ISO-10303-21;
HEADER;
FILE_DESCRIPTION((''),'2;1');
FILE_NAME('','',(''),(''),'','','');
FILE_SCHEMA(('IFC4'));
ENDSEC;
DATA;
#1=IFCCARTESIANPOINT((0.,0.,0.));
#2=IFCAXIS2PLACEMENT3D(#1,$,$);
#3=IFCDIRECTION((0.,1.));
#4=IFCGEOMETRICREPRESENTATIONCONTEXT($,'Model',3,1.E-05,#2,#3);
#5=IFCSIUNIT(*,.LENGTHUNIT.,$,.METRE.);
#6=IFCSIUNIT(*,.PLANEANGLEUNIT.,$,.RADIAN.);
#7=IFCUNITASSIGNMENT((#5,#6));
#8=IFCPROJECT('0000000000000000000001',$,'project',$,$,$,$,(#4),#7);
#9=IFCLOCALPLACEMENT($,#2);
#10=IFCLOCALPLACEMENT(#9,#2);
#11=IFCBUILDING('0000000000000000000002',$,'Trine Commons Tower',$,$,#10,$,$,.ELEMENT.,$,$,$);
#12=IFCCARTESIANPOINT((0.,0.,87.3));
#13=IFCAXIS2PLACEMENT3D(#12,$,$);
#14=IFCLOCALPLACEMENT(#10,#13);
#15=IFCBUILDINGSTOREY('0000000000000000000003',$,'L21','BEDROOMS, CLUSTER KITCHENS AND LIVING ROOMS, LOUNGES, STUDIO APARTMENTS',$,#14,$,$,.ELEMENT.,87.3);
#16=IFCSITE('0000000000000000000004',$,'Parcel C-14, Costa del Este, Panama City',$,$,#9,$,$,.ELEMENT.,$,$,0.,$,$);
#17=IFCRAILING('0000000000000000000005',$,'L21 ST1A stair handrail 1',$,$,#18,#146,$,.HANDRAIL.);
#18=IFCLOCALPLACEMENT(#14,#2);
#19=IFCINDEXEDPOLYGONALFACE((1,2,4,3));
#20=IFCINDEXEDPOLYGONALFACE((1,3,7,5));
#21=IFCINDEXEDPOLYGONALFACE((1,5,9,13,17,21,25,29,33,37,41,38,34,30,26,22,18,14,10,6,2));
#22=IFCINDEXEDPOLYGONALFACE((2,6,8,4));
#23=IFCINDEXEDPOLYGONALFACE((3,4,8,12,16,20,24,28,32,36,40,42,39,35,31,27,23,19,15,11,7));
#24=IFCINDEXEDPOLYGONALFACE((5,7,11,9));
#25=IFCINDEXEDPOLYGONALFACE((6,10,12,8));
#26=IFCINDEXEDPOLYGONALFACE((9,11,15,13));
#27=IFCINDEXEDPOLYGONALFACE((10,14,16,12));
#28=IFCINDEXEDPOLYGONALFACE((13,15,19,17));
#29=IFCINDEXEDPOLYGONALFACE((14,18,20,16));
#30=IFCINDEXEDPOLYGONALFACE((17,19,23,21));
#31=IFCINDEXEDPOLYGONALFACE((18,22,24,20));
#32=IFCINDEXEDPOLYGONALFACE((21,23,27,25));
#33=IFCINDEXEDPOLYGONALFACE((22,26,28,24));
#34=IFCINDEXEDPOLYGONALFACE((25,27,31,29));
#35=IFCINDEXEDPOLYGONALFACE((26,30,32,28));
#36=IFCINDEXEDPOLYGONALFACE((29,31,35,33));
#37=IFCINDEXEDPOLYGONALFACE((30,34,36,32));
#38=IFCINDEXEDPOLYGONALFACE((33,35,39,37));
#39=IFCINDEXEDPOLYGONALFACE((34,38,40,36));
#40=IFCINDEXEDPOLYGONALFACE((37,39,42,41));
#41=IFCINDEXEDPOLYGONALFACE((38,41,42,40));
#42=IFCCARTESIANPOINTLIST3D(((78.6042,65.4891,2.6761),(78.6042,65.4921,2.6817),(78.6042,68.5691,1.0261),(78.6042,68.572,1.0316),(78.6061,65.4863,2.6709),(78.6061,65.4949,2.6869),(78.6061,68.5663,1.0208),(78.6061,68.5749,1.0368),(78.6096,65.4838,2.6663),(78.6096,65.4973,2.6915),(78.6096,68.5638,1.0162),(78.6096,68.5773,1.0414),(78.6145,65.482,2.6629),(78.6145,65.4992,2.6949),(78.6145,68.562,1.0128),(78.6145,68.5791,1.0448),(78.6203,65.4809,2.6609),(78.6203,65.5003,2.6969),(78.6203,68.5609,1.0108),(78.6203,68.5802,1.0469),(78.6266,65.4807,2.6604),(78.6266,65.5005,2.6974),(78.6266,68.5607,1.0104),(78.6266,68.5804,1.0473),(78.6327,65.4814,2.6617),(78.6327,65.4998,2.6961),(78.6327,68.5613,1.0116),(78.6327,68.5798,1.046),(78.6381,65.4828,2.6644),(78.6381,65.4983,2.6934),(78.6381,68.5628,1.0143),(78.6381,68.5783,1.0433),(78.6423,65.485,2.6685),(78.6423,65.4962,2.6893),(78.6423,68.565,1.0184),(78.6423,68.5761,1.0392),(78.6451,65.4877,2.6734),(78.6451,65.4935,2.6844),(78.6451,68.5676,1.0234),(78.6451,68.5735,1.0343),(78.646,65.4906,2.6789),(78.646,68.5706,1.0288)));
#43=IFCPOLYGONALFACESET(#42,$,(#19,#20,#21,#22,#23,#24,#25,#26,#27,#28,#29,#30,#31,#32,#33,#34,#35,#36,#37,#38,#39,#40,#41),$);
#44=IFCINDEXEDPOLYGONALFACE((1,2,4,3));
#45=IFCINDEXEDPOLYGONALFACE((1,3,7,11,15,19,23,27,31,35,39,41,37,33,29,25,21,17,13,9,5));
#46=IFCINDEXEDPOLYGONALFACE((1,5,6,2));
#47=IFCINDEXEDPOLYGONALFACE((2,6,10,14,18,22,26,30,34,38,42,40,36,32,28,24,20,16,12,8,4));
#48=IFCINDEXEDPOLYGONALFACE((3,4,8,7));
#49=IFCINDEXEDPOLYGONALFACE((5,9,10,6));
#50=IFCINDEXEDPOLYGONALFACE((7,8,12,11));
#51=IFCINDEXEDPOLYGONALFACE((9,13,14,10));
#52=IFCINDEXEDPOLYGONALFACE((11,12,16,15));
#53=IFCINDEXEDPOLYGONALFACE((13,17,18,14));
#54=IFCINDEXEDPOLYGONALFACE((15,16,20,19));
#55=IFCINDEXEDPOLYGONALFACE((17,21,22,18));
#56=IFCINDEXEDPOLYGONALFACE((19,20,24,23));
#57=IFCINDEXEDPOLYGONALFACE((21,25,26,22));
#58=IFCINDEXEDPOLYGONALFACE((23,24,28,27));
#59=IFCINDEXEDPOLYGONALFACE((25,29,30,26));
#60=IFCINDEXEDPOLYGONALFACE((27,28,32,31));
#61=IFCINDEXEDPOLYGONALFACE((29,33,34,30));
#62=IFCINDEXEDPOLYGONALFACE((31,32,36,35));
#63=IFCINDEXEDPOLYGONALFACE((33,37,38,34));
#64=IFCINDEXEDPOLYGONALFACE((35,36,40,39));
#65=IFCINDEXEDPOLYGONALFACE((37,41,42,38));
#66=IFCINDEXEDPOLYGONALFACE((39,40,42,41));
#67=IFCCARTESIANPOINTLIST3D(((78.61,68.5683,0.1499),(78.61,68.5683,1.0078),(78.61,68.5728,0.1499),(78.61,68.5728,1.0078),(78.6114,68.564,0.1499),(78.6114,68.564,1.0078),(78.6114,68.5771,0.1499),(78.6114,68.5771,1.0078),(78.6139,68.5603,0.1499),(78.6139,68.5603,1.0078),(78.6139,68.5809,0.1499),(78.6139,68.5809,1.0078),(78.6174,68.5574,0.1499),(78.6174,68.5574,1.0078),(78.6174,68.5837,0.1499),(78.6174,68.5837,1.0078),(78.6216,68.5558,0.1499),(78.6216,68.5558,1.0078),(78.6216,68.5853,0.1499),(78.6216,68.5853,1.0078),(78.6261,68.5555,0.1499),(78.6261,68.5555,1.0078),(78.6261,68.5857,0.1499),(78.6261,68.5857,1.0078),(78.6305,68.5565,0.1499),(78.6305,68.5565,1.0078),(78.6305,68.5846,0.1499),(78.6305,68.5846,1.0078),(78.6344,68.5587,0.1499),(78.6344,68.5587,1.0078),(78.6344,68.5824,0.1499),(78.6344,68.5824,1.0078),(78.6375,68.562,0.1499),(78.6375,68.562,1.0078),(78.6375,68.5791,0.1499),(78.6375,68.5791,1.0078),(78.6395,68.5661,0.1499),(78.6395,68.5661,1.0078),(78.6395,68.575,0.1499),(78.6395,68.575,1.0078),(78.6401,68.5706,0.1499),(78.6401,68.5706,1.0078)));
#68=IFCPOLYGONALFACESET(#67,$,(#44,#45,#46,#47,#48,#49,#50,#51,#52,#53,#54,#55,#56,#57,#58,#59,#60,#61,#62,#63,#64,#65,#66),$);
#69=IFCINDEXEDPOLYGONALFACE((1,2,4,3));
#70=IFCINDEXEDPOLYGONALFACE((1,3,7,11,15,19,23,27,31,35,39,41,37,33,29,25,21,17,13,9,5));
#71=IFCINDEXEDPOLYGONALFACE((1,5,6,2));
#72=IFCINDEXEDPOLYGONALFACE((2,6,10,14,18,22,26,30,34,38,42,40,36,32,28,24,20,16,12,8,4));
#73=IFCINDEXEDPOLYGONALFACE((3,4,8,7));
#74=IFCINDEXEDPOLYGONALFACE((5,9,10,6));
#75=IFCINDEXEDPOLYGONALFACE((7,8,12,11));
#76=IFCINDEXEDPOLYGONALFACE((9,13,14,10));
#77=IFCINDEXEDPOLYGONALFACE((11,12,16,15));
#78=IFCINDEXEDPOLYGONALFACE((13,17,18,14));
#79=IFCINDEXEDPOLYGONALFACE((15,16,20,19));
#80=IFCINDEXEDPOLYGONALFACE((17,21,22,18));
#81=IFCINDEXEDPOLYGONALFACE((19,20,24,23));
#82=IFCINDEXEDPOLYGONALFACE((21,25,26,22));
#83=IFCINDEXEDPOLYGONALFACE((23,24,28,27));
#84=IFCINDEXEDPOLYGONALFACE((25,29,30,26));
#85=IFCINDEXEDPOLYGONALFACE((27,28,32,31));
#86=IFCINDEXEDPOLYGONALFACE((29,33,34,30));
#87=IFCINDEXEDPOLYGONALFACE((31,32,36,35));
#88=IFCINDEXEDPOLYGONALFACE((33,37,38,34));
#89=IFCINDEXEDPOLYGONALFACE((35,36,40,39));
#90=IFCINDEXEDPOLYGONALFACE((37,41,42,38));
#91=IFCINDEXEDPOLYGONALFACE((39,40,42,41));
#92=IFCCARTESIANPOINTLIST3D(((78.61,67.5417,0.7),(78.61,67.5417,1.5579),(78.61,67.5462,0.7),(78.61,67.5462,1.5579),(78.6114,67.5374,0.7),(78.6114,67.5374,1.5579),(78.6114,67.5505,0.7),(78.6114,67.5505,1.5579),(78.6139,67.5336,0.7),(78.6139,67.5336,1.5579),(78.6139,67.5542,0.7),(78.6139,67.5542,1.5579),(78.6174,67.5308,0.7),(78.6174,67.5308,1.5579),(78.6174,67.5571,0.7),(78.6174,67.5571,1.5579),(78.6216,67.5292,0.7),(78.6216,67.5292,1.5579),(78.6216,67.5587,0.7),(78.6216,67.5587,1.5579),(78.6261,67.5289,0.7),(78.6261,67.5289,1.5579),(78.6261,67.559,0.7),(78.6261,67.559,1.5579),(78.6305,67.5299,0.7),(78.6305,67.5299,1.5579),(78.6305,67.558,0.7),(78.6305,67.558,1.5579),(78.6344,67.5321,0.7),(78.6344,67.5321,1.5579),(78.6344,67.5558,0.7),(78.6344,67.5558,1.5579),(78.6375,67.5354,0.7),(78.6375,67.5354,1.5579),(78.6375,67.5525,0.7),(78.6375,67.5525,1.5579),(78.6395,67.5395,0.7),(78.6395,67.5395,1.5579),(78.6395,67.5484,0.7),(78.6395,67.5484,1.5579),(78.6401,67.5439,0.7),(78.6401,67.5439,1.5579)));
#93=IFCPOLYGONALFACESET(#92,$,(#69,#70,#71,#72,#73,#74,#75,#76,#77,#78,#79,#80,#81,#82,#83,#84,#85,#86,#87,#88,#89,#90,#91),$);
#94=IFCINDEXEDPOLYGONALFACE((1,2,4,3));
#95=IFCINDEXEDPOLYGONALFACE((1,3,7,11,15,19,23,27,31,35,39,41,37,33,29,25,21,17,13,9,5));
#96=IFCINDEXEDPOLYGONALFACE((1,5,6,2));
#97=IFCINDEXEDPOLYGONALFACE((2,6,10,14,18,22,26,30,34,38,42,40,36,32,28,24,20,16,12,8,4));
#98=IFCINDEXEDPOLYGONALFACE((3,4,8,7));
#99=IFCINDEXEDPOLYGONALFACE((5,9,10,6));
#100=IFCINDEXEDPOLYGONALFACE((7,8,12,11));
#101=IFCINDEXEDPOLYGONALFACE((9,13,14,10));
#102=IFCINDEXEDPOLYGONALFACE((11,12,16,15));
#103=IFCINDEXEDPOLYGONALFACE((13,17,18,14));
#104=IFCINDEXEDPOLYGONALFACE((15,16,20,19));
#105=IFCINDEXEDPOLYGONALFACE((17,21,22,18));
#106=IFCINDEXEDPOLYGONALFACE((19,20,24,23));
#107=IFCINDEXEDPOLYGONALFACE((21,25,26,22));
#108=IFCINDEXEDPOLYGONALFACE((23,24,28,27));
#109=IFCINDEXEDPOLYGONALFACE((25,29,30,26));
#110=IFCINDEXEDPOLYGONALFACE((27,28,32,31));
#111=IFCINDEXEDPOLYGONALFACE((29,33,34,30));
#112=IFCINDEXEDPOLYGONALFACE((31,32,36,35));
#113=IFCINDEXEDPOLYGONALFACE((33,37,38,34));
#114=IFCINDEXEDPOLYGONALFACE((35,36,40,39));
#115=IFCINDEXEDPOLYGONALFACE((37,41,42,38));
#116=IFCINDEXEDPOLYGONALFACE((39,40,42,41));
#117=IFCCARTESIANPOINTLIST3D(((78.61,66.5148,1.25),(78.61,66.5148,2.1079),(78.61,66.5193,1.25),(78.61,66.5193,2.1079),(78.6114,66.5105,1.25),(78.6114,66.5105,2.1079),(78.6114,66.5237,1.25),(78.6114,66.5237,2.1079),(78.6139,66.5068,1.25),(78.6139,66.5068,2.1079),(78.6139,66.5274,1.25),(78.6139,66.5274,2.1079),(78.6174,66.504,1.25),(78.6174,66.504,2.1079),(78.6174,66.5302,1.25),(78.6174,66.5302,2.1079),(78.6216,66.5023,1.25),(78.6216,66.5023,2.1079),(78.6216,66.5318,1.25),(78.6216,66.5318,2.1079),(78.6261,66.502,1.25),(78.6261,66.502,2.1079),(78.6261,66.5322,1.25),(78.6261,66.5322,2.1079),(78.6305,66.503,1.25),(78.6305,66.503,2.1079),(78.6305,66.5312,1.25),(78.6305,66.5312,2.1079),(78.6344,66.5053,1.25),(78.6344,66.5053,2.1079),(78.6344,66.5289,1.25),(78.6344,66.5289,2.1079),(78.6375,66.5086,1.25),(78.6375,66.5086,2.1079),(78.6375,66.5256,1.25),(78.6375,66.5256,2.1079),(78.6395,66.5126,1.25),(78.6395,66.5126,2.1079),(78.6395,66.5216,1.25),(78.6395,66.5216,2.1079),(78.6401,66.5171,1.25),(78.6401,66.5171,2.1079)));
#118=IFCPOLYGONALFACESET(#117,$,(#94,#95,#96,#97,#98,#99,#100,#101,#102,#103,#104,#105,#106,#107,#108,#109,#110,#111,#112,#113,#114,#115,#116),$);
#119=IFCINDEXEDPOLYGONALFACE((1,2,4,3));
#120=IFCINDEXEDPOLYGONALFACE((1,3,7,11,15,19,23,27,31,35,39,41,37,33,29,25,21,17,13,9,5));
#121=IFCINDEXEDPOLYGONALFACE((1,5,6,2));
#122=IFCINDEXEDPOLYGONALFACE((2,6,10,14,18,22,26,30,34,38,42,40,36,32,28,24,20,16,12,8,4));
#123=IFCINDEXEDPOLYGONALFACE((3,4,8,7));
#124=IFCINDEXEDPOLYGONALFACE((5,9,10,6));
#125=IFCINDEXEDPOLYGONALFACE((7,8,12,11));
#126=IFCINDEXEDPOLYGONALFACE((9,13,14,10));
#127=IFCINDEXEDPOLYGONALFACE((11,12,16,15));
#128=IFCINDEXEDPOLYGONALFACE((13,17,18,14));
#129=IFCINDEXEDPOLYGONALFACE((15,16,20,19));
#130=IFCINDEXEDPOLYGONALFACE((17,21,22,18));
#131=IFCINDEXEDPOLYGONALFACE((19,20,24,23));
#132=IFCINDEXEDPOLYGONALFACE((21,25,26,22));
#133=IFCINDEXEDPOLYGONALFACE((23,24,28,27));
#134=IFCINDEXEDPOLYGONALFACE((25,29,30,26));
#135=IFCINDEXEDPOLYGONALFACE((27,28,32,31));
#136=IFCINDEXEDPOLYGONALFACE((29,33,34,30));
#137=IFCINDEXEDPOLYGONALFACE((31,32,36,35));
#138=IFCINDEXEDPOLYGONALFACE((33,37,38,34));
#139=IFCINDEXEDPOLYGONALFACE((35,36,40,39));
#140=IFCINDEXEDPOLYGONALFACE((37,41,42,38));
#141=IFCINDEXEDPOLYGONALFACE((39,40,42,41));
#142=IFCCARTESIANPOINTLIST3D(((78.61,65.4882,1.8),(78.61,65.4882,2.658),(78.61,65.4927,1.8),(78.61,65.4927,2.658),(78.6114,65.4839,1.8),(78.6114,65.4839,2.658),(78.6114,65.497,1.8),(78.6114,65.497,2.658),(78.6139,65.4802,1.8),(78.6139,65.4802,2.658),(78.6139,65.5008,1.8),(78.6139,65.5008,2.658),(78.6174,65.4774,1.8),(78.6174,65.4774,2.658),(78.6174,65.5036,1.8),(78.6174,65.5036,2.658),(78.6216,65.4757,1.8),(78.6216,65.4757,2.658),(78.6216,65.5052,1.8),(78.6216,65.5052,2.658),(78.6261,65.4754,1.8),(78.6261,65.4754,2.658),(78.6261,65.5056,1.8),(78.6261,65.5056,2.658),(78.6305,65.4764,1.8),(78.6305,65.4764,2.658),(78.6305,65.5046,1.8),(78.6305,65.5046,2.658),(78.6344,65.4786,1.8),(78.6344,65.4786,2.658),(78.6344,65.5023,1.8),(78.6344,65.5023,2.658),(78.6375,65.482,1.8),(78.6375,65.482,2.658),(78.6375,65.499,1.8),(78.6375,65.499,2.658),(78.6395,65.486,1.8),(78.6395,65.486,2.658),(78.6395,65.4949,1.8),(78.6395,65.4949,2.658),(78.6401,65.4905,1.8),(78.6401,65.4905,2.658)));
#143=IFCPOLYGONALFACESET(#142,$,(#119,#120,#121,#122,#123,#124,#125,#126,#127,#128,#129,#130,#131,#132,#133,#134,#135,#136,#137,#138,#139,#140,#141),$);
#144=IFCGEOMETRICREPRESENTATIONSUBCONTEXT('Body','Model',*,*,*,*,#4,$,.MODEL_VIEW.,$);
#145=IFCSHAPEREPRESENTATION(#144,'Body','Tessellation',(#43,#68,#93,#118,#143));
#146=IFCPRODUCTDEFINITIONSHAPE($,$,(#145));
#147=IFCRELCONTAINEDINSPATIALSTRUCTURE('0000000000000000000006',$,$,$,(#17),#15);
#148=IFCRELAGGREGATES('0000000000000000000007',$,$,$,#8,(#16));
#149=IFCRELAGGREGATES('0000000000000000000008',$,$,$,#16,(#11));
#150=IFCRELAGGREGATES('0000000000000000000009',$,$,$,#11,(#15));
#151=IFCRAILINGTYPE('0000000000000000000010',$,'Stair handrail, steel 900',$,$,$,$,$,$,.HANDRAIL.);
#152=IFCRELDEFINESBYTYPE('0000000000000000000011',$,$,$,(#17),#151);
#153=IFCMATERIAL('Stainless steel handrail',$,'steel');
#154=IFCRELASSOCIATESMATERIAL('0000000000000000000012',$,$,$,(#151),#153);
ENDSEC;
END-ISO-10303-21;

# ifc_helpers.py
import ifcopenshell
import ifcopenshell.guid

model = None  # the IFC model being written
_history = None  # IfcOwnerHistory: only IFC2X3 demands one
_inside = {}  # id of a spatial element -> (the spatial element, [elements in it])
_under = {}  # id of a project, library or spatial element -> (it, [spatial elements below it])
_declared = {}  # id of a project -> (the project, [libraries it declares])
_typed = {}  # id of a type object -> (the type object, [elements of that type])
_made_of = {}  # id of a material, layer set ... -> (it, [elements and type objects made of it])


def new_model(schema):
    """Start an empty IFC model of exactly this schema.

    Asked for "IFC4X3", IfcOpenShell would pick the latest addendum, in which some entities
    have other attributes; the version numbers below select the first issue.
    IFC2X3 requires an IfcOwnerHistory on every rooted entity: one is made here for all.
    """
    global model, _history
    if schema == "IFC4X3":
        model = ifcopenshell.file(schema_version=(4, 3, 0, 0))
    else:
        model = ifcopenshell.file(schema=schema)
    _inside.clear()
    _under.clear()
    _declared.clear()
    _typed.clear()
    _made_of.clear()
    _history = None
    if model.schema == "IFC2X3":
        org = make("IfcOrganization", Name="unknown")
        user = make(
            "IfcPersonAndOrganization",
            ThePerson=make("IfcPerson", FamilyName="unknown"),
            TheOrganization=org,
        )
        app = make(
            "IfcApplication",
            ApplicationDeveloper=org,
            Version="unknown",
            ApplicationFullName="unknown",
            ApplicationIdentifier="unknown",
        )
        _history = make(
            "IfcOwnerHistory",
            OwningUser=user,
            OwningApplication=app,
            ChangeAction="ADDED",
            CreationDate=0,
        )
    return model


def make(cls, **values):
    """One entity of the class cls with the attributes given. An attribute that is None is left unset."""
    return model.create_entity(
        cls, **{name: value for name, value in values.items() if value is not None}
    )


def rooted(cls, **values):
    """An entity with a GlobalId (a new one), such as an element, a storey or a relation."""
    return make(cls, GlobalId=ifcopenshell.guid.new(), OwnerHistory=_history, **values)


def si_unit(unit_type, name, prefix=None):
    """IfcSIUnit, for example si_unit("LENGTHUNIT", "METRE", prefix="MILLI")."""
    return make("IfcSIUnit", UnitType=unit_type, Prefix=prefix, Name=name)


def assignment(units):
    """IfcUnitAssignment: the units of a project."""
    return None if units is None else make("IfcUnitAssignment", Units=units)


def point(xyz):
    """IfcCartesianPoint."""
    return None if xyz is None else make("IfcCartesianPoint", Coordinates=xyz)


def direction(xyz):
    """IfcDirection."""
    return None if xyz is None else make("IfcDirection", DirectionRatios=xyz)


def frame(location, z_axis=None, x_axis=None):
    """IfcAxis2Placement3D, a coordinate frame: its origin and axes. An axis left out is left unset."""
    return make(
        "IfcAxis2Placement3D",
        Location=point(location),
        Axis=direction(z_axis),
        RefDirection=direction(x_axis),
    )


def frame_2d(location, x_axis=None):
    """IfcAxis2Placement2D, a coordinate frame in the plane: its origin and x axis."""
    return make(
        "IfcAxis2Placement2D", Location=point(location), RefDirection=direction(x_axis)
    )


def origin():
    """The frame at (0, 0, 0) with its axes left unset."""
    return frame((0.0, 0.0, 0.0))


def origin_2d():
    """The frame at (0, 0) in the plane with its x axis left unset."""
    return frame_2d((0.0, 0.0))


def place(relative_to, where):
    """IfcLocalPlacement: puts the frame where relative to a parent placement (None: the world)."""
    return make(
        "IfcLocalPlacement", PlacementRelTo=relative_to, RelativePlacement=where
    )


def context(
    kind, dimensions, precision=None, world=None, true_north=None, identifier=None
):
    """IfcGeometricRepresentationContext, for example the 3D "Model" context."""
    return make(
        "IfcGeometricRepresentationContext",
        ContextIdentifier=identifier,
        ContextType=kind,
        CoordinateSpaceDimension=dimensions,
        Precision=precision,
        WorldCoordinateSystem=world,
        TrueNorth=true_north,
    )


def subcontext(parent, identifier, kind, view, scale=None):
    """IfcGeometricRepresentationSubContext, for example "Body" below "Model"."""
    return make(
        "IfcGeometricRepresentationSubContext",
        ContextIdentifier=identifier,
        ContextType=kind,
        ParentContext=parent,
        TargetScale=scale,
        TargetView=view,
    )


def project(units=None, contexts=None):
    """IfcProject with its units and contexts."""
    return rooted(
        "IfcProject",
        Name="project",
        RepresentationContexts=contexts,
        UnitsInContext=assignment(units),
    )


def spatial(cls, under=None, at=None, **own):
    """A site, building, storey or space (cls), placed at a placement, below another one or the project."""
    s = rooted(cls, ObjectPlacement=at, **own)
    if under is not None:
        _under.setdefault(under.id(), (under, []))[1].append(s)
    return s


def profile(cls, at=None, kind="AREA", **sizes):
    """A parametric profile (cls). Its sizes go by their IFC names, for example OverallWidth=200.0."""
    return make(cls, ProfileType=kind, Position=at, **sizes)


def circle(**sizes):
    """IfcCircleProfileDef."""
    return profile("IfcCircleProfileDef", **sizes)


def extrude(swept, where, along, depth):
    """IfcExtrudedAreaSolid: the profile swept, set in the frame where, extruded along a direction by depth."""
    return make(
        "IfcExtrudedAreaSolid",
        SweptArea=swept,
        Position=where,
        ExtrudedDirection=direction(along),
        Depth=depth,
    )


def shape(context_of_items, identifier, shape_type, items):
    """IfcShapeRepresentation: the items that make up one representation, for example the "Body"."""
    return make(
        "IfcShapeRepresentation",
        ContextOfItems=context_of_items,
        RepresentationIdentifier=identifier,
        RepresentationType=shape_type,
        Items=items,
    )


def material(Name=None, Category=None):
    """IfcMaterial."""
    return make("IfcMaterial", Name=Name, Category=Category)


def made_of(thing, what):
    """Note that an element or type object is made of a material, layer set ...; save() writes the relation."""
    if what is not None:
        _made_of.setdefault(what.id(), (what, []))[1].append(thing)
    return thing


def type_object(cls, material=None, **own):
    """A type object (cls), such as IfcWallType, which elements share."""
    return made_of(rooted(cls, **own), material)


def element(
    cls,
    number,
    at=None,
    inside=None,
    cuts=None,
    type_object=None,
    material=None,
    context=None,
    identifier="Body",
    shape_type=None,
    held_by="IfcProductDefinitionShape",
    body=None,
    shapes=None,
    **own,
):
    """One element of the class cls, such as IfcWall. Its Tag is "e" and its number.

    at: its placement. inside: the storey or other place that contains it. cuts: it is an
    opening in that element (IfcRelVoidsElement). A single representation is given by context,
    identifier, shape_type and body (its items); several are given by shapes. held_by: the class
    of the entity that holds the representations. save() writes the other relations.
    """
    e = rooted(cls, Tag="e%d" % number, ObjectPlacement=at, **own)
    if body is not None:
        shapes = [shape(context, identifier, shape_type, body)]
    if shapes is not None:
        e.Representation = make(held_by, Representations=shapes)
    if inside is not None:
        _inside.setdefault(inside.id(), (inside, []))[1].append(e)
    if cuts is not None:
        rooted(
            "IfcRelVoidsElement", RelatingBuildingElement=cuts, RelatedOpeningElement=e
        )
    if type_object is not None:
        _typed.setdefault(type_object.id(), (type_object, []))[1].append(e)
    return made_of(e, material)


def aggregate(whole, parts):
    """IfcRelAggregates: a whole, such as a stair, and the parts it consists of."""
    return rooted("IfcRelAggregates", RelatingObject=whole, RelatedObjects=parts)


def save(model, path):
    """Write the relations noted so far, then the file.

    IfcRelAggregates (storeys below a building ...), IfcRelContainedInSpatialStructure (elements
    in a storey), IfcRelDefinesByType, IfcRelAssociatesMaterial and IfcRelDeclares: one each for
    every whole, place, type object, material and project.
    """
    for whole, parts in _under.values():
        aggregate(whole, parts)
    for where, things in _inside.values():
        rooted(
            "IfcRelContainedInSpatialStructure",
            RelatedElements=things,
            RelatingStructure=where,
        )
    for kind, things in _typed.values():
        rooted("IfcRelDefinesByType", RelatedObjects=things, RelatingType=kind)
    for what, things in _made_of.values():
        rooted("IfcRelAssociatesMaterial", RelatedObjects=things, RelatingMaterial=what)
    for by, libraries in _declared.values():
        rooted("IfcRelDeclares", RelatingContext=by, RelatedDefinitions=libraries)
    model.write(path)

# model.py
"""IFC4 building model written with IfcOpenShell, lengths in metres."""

from ifc_helpers import new_model, si_unit, direction, frame, origin, origin_2d, place, context, subcontext, project, spatial, circle, extrude, material, type_object, element, save


model = new_model("IFC4")

# Units and contexts
model_context = context("Model", 3, precision=1e-05, world=origin(), true_north=direction((0.0, 1.0)))
body_context = subcontext(model_context, "Body", "Model", "MODEL_VIEW")
ifc_project = project(units=[si_unit("LENGTHUNIT", "METRE"), si_unit("PLANEANGLEUNIT", "RADIAN")], contexts=[model_context])

# Site, building, storey
site_placement = place(None, origin())
site = spatial("IfcSite", under=ifc_project, at=site_placement, Name="Parcel C-14, Costa del Este, Panama City", CompositionType="ELEMENT", RefElevation=0.0)
building_placement = place(site_placement, origin())
building = spatial("IfcBuilding", under=site, at=building_placement, Name="Trine Commons Tower", CompositionType="ELEMENT")
storey_placement = place(building_placement, frame((0.0, 0.0, 87.3)))
storey = spatial("IfcBuildingStorey", under=building, at=storey_placement, Name="L21", Description="BEDROOMS, CLUSTER KITCHENS AND LIVING ROOMS, LOUNGES, STUDIO APARTMENTS", CompositionType="ELEMENT", Elevation=87.3)

# Railing
ifc_material_1 = material(Name="Stainless steel handrail", Category="steel")
railing_type_1 = type_object("IfcRailingType", Name="Stair handrail, steel 900", PredefinedType="HANDRAIL", material=ifc_material_1)
railing_1_placement = place(storey_placement, frame((78.625, 68.5706, 0.1499)))
element("IfcRailing", 1, at=railing_1_placement, inside=storey, type_object=railing_type_1, Name="L21 ST1A stair handrail 1", PredefinedType="HANDRAIL", context=body_context, shape_type="SweptSolid", body=[
    extrude(circle(Radius=0.021, at=origin_2d()), frame((0.0, 0.0, 0.8789), z_axis=(0.0, -0.881468, 0.472245), x_axis=(1.0, 0.0, 0.0)), (0.0, 0.0, 1.0), 3.4941),
    extrude(circle(Radius=0.0151, at=origin_2d()), origin(), (0.0, 0.0, 1.0), 0.8579),
    extrude(circle(Radius=0.0151, at=origin_2d()), frame((0.0, -1.0266, 0.55)), (0.0, 0.0, 1.0), 0.8579),
    extrude(circle(Radius=0.0151, at=origin_2d()), frame((0.0, -2.0535, 1.1001)), (0.0, 0.0, 1.0), 0.8579),
    extrude(circle(Radius=0.0151, at=origin_2d()), frame((0.0, -3.0801, 1.6501)), (0.0, 0.0, 1.0), 0.8579),
])

save(model, "model.ifc")
